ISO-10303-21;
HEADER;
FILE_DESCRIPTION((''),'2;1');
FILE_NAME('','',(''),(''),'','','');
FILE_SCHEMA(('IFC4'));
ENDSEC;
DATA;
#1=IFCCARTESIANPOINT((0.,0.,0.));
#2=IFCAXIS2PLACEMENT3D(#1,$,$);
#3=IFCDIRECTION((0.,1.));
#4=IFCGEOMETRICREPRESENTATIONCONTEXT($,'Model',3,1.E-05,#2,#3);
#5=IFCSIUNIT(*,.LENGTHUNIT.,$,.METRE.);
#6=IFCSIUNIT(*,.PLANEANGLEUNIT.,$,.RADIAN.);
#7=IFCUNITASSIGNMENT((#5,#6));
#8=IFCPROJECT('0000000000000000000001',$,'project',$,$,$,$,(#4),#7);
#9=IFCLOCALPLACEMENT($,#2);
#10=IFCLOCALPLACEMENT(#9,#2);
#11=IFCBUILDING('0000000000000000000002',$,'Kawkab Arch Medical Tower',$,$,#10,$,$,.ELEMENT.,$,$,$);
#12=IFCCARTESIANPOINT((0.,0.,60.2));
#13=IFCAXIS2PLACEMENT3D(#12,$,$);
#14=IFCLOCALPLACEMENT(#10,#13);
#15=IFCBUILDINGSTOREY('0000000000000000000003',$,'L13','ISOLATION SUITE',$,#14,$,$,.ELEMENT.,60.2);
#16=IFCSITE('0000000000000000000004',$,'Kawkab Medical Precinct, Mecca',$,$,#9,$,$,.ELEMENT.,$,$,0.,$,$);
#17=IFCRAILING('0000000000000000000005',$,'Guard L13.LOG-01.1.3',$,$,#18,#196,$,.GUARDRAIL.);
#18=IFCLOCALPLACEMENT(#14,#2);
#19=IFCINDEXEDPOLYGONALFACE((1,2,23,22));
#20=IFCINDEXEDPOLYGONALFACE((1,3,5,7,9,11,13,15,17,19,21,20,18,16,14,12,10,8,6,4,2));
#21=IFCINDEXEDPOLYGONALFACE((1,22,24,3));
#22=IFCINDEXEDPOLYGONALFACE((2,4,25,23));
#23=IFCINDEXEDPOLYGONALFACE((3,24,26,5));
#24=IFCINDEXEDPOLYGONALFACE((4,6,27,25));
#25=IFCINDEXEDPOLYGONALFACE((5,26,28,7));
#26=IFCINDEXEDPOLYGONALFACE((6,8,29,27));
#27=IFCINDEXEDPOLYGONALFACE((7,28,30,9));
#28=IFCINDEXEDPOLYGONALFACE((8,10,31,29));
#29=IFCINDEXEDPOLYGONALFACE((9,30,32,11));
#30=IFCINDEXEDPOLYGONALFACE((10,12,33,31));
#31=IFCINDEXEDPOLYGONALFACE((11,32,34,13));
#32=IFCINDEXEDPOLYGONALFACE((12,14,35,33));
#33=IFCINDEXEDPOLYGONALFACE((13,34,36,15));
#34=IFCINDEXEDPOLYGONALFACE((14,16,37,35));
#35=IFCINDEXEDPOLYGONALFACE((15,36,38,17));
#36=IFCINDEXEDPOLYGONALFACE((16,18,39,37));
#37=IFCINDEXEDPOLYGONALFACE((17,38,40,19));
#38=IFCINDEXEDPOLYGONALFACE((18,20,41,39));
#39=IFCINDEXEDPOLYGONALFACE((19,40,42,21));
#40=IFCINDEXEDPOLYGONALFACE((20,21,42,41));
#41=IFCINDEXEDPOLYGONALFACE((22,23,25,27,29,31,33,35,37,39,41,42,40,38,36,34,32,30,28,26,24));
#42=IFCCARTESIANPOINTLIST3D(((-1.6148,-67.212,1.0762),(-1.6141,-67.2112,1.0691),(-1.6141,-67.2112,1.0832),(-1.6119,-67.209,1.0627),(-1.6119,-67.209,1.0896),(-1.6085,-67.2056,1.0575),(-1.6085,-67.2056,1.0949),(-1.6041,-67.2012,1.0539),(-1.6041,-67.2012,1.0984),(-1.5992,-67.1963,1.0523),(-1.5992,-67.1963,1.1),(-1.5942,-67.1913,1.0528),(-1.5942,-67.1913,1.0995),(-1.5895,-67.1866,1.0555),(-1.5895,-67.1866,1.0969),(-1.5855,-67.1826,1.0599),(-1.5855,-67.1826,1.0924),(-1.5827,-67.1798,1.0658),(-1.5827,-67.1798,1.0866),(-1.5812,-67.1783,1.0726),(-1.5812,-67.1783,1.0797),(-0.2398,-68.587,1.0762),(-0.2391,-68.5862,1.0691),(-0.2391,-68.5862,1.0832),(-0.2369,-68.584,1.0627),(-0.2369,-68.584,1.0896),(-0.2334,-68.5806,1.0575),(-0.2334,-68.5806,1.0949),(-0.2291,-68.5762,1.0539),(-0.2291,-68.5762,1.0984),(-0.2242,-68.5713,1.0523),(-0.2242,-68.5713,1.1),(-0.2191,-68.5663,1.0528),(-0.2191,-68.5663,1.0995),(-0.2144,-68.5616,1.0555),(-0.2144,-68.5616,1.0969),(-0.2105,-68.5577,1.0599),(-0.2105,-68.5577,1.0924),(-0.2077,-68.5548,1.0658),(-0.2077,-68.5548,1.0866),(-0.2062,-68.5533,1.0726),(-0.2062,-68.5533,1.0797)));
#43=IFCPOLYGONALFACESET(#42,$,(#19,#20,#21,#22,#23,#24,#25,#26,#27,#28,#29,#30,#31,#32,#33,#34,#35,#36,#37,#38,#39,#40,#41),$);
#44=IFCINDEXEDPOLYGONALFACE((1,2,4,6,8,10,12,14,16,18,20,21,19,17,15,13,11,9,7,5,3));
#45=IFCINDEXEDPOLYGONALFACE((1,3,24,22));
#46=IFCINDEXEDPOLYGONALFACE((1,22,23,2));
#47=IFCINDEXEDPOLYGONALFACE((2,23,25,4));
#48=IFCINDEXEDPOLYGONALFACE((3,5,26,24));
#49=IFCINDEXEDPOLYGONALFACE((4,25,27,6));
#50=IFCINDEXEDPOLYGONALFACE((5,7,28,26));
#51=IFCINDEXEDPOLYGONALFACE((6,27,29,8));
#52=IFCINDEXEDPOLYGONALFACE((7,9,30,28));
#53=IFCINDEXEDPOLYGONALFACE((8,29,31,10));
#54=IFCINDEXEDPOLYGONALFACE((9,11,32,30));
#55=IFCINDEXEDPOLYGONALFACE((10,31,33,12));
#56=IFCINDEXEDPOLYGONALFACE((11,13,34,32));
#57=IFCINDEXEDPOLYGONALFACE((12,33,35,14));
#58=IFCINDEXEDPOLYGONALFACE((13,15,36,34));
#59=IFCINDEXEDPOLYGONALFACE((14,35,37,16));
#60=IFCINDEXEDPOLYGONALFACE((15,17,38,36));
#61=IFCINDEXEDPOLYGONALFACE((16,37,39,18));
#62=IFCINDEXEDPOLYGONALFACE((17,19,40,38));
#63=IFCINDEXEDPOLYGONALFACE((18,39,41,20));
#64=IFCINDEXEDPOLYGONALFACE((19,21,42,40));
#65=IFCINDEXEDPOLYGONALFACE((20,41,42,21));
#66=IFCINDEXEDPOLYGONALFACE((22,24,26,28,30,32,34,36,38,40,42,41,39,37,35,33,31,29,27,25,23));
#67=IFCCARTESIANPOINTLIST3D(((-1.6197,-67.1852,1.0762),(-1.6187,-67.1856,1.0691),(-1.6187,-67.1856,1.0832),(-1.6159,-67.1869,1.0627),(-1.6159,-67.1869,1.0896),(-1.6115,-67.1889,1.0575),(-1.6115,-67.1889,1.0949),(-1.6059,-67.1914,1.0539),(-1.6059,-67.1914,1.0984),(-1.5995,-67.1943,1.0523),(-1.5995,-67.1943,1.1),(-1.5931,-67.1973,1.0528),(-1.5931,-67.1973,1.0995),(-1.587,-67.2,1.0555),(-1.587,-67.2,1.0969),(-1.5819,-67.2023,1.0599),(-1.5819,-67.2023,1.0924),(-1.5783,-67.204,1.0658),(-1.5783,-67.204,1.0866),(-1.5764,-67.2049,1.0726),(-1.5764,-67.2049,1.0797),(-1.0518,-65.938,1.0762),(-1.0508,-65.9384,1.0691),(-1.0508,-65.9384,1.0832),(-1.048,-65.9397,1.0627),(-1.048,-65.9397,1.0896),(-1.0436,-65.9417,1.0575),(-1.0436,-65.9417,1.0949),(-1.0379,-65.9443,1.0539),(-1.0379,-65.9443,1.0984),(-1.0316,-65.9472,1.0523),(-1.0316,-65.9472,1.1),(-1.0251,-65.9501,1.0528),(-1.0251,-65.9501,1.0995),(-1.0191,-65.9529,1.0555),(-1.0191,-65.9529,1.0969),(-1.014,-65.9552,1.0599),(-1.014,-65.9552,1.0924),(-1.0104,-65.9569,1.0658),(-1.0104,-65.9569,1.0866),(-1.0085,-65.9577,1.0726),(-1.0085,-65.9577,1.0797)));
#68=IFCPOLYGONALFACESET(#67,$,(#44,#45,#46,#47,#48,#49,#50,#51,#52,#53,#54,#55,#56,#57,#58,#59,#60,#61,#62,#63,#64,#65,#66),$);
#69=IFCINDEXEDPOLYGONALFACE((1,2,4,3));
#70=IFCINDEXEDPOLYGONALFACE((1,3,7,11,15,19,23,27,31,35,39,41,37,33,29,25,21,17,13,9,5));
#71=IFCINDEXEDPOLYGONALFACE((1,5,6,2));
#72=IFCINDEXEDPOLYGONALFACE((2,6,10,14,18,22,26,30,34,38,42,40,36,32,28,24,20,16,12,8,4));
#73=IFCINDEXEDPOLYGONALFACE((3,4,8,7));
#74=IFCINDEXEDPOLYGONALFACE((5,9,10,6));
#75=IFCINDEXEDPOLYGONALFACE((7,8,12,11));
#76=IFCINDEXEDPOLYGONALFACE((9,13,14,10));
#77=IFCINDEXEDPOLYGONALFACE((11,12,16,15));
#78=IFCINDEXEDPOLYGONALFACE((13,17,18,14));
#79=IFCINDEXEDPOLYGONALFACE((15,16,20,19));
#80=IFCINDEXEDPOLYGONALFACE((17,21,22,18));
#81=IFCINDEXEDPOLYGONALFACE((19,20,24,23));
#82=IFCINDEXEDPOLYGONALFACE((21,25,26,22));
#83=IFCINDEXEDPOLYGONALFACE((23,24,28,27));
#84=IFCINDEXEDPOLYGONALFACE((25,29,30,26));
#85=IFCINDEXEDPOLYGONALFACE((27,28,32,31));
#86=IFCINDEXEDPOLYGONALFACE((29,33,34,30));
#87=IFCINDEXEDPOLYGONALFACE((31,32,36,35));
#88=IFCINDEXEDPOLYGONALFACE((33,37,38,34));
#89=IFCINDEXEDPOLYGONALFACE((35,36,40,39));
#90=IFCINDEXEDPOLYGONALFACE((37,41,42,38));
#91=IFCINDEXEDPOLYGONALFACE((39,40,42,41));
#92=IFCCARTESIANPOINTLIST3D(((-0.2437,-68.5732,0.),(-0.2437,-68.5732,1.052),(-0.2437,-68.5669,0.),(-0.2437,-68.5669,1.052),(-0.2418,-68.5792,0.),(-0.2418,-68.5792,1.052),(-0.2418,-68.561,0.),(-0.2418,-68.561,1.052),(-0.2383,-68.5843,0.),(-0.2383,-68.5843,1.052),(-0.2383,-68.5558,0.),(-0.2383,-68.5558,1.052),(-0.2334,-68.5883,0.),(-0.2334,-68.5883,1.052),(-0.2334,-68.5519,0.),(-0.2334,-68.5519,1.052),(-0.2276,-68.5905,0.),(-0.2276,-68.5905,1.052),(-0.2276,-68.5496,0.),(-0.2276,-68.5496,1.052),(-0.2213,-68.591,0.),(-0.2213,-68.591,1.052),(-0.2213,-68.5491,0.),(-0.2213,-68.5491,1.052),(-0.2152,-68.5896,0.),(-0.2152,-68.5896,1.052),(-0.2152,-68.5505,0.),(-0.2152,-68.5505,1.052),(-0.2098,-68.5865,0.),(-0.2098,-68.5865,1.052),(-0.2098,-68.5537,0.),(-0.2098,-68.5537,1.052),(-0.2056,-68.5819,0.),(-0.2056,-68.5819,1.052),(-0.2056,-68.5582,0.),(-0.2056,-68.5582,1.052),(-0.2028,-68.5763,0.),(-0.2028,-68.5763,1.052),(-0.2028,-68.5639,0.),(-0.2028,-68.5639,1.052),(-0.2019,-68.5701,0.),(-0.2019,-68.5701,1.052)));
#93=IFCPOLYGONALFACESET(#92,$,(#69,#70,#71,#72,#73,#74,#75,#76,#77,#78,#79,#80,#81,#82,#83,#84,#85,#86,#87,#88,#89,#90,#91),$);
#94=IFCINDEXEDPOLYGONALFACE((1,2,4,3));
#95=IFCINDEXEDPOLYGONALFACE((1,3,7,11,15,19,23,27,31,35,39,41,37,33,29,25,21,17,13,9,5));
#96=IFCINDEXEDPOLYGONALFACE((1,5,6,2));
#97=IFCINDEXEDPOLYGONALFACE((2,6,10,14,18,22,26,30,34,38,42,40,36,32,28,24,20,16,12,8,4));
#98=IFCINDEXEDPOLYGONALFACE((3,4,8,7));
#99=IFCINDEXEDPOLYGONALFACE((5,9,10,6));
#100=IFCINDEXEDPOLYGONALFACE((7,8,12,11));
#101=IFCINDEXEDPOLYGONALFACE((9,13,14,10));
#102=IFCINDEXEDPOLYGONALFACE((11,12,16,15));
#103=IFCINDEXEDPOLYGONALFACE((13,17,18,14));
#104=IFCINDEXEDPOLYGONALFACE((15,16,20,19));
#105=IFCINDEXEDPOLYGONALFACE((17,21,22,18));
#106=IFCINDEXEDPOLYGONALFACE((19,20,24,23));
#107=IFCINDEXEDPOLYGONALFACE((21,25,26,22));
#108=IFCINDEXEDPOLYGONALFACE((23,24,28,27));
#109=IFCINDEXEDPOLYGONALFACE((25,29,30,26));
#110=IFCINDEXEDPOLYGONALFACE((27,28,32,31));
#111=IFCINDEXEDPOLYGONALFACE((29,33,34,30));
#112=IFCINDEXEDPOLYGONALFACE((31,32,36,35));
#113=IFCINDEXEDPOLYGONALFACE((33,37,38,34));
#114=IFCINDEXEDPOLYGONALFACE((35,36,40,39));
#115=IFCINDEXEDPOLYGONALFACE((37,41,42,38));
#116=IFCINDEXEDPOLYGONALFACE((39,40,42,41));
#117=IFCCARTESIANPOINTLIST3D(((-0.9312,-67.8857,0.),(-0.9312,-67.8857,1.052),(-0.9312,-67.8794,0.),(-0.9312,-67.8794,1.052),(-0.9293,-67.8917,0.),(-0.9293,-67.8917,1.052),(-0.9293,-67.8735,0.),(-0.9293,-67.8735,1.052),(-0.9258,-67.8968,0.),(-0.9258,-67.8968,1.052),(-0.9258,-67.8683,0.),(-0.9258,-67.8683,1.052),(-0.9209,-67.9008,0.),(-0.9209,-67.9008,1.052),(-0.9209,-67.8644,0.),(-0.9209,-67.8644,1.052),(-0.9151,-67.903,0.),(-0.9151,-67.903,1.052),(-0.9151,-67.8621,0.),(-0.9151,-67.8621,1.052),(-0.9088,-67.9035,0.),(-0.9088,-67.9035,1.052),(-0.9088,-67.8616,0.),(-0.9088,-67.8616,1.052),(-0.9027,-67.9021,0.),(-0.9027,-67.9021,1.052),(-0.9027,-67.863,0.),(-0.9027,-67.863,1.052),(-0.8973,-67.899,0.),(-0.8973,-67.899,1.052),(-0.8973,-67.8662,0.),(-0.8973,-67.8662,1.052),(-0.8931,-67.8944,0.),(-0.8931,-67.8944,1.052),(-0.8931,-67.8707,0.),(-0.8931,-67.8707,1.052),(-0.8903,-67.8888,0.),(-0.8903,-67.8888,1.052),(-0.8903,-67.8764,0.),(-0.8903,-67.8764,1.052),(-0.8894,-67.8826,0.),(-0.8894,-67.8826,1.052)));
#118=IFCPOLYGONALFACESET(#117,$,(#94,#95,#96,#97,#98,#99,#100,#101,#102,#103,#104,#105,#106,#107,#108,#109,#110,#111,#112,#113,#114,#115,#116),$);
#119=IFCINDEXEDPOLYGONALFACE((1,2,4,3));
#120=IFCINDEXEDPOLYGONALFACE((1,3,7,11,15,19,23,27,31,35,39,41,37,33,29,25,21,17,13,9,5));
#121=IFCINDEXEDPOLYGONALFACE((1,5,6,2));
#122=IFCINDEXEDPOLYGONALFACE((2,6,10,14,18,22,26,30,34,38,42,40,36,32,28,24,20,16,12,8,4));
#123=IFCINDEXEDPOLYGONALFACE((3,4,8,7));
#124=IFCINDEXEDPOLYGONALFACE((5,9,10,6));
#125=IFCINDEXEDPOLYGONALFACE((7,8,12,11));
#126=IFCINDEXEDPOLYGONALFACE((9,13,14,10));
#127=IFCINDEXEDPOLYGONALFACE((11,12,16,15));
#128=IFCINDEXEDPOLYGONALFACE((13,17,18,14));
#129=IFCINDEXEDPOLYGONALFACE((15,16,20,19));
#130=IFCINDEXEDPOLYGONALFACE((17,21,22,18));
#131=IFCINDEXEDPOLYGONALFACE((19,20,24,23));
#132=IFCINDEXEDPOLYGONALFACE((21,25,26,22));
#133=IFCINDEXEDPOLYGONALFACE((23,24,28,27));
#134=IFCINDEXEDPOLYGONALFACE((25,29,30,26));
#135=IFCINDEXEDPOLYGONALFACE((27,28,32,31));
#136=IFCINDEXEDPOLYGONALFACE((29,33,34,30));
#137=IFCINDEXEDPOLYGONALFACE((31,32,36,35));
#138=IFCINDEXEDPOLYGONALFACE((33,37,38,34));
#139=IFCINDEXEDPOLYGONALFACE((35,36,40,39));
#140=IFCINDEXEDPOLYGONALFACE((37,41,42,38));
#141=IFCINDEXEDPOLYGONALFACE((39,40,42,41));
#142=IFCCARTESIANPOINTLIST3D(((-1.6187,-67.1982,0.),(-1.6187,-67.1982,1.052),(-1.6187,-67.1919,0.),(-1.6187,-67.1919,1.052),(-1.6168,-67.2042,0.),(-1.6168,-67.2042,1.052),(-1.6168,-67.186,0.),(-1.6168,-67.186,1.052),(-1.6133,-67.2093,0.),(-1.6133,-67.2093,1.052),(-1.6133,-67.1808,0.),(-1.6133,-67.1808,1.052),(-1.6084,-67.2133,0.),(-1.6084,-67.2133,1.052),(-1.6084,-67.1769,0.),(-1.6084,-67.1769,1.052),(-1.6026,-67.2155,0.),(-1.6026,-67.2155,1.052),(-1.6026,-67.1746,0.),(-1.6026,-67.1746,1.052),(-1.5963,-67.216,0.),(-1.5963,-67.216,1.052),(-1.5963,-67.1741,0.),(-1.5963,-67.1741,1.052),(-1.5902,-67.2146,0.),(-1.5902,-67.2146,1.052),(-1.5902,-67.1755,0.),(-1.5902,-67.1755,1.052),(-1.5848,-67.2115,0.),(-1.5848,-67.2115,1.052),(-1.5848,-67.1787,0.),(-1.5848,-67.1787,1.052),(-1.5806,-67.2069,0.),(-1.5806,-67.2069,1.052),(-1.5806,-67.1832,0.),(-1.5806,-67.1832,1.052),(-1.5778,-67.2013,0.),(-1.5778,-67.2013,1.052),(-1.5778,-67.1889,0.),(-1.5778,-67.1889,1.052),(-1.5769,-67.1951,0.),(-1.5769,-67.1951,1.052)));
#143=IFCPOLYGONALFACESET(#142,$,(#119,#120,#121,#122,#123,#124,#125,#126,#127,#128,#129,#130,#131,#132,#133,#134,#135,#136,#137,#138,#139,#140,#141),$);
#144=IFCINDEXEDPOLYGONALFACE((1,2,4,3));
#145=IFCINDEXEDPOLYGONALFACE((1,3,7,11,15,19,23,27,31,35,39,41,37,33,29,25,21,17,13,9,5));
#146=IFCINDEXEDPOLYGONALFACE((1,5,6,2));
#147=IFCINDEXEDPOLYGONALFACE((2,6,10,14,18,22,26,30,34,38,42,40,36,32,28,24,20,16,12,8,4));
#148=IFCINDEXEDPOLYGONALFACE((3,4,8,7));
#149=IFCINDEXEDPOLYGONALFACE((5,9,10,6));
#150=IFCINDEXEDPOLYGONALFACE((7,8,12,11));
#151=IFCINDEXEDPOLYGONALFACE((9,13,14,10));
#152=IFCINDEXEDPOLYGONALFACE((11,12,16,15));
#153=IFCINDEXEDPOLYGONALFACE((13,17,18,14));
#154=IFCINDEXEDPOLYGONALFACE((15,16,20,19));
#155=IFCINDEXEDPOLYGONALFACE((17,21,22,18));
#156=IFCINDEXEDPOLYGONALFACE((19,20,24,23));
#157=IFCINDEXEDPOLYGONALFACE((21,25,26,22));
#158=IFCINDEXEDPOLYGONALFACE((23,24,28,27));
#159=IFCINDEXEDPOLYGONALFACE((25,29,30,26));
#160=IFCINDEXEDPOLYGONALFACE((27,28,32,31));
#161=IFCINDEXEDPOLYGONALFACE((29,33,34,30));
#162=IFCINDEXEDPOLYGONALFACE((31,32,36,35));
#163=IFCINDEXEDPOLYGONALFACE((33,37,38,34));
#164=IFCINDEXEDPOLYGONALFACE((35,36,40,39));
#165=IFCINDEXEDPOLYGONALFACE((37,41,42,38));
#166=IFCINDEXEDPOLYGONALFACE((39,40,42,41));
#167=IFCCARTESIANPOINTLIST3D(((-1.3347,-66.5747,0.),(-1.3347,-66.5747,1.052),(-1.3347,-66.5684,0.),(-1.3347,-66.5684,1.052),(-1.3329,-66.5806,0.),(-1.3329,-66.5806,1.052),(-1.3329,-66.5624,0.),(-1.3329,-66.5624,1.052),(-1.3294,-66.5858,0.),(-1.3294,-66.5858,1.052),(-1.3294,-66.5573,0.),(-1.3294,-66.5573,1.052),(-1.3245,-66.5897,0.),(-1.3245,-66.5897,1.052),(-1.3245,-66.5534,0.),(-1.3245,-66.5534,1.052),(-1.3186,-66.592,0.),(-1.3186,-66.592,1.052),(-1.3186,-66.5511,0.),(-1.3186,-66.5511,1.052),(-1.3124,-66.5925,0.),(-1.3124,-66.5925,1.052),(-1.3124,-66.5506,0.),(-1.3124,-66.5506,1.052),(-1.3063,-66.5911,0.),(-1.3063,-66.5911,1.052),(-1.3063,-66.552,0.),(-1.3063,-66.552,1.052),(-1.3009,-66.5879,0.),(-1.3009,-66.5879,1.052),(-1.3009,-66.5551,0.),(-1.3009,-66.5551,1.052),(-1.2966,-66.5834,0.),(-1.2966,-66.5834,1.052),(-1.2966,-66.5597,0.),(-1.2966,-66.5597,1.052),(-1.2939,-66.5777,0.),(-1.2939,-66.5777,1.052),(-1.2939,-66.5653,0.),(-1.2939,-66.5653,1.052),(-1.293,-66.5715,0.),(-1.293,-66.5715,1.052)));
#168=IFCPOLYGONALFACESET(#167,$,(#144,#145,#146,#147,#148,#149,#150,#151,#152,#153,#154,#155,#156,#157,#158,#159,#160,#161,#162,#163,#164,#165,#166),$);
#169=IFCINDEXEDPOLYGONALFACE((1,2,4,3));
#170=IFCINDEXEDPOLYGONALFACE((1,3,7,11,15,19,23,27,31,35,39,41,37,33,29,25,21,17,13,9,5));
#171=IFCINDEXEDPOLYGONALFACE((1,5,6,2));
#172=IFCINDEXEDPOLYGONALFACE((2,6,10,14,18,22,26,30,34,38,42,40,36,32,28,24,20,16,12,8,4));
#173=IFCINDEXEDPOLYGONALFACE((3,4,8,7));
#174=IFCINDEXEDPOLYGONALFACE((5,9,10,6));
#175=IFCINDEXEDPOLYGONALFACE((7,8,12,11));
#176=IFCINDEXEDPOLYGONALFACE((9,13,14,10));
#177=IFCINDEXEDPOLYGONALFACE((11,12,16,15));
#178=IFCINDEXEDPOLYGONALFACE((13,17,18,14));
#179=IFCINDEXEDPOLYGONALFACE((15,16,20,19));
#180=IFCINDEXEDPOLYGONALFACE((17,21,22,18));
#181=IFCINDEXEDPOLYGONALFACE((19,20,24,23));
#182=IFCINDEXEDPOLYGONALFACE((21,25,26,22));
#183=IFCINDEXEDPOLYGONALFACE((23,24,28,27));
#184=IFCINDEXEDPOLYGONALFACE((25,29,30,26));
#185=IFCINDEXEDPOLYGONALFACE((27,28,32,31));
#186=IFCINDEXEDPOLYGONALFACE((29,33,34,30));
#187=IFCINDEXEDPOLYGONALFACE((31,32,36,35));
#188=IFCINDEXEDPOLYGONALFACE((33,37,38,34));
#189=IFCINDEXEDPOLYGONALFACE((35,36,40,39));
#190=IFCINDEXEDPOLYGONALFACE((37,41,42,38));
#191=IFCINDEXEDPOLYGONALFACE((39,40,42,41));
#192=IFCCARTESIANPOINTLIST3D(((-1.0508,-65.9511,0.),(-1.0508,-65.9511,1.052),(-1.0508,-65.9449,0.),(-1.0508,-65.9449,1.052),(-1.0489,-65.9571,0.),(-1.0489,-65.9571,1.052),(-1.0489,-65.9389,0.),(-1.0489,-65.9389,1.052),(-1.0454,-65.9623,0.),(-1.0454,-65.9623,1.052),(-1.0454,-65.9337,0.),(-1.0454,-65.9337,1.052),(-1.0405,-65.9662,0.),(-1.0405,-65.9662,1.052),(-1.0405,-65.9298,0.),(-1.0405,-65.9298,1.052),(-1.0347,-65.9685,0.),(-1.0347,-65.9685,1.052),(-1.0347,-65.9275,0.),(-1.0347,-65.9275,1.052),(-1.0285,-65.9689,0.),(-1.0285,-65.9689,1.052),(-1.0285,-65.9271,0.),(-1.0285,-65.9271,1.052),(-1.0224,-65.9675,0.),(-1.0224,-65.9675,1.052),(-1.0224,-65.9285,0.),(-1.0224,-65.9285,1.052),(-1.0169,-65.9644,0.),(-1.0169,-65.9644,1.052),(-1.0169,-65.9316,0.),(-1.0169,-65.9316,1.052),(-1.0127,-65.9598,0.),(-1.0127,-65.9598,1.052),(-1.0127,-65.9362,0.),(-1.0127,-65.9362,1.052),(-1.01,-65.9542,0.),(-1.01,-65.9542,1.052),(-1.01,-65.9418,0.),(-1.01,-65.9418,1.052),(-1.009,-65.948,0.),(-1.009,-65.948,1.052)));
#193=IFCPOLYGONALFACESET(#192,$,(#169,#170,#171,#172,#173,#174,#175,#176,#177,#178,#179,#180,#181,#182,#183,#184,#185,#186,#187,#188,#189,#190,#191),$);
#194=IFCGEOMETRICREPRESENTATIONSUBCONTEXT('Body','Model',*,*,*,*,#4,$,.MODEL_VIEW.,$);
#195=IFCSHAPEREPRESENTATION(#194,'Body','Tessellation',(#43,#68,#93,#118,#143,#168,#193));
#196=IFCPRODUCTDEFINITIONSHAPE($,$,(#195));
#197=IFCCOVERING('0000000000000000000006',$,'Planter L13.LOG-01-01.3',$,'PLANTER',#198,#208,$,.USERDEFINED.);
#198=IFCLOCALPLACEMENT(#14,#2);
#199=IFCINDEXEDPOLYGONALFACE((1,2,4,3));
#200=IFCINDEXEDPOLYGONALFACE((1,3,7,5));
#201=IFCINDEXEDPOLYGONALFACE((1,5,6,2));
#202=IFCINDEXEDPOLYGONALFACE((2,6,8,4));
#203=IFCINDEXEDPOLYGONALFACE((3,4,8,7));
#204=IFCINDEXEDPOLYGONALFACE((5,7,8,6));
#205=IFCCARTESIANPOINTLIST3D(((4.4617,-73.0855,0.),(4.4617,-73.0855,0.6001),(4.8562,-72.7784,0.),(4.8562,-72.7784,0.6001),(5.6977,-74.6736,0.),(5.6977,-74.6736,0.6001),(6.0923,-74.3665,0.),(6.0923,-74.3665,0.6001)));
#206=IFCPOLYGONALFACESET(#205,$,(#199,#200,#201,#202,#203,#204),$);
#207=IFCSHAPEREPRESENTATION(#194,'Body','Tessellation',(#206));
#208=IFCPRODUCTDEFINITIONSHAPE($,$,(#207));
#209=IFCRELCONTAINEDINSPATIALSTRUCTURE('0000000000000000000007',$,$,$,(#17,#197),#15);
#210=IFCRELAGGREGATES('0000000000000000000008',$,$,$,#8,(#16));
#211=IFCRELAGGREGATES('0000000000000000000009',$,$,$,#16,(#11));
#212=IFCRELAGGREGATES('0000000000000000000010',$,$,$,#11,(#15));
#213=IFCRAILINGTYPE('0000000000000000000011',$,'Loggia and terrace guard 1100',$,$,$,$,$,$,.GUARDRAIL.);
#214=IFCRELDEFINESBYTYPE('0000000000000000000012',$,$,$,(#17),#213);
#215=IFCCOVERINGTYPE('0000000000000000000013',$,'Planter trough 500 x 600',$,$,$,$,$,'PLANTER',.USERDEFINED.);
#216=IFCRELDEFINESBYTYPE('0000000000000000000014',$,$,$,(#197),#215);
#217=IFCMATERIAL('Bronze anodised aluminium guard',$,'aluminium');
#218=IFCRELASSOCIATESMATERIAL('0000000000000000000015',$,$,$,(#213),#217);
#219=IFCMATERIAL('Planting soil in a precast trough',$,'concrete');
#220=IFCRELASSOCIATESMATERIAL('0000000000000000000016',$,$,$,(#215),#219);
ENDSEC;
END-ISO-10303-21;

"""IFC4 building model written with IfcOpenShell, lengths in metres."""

from ifc_helpers import new_model, si_unit, direction, frame, origin, origin_2d, place, context, subcontext, project, spatial, rectangle, circle, extrude, material, material_profile, profile_set, type_object, element, save


model = new_model("IFC4")

# Units and contexts
model_context = context("Model", 3, precision=1e-05, world=origin(), true_north=direction((0.0, 1.0)))
body_context = subcontext(model_context, "Body", "Model", "MODEL_VIEW")
ifc_project = project(units=[si_unit("LENGTHUNIT", "METRE"), si_unit("PLANEANGLEUNIT", "RADIAN")], contexts=[model_context])

# Site, building, storey
site_placement = place(None, origin())
site = spatial("IfcSite", under=ifc_project, at=site_placement, Name="Kawkab Medical Precinct, Mecca", CompositionType="ELEMENT", RefElevation=0.0)
building_placement = place(site_placement, origin())
building = spatial("IfcBuilding", under=site, at=building_placement, Name="Kawkab Arch Medical Tower", CompositionType="ELEMENT")
storey_placement = place(building_placement, frame((0.0, 0.0, 60.2)))
storey = spatial("IfcBuildingStorey", under=building, at=storey_placement, Name="L13", Description="ISOLATION SUITE", CompositionType="ELEMENT", Elevation=60.2)

# Railing
ifc_material_1 = material(Name="Bronze anodised aluminium guard", Category="aluminium")
railing_type_1 = type_object("IfcRailingType", Name="Loggia and terrace guard 1100", PredefinedType="GUARDRAIL", material=ifc_material_1)
railing_1_placement = place(storey_placement, frame((-0.2229, -68.5701, 0.0)))
element("IfcRailing", 1, at=railing_1_placement, inside=storey, type_object=railing_type_1, Name="Guard L13.LOG-01.1.3", PredefinedType="GUARDRAIL", context=body_context, shape_type="SweptSolid", body=[
    extrude(circle(Radius=0.0239, at=origin_2d()), frame((0.0, 0.0, 1.0762), z_axis=(-0.707107, 0.707107, 0.0), x_axis=(-0.707107, -0.707107, 0.0)), (0.0, 0.0, 1.0), 1.9446),
    extrude(circle(Radius=0.0239, at=origin_2d()), frame((-1.375, 1.375, 1.0762), z_axis=(0.41442, 0.910086, 0.0), x_axis=(-0.910086, 0.41442, 0.0)), (0.0, 0.0, 1.0), 1.3704),
    extrude(circle(Radius=0.021, at=origin_2d()), origin(), (0.0, 0.0, 1.0), 1.052),
    extrude(circle(Radius=0.021, at=origin_2d()), frame((-0.6875, 0.6875, 0.0)), (0.0, 0.0, 1.0), 1.052),
    extrude(circle(Radius=0.021, at=origin_2d()), frame((-1.375, 1.375, 0.0)), (0.0, 0.0, 1.0), 1.052),
    extrude(circle(Radius=0.021, at=origin_2d()), frame((-1.0911, 1.9985, 0.0)), (0.0, 0.0, 1.0), 1.052),
    extrude(circle(Radius=0.021, at=origin_2d()), frame((-0.8071, 2.6221, 0.0)), (0.0, 0.0, 1.0), 1.052),
])

# Covering
ifc_material_2 = material(Name="Planting soil in a precast trough", Category="concrete")
ifc_material_profile_1 = material_profile(ifc_material_2, rectangle(XDim=0.5, YDim=0.6001, at=origin_2d()), Name="Trough 500x600")
ifc_profile_set_1 = profile_set([ifc_material_profile_1], Name="Planting soil in a precast trough")
covering_type = type_object("IfcCoveringType", Name="Planter trough 500 x 600", ElementType="PLANTER", PredefinedType="USERDEFINED", material=ifc_profile_set_1)
covering_1_placement = place(storey_placement, frame((5.895, -74.52, 0.3), z_axis=(-0.614209, 0.789143, 0.0), x_axis=(-0.789143, -0.614209, 0.0)))
element("IfcCovering", 2, at=covering_1_placement, inside=storey, type_object=covering_type, Name="Planter L13.LOG-01-01.3", ObjectType="PLANTER", PredefinedType="USERDEFINED", context=body_context, shape_type="SweptSolid", body=[
    extrude(rectangle(XDim=0.5, YDim=0.6001, at=origin_2d()), origin(), (0.0, 0.0, 1.0), 2.0125),
])

save(model, "model.ifc")
